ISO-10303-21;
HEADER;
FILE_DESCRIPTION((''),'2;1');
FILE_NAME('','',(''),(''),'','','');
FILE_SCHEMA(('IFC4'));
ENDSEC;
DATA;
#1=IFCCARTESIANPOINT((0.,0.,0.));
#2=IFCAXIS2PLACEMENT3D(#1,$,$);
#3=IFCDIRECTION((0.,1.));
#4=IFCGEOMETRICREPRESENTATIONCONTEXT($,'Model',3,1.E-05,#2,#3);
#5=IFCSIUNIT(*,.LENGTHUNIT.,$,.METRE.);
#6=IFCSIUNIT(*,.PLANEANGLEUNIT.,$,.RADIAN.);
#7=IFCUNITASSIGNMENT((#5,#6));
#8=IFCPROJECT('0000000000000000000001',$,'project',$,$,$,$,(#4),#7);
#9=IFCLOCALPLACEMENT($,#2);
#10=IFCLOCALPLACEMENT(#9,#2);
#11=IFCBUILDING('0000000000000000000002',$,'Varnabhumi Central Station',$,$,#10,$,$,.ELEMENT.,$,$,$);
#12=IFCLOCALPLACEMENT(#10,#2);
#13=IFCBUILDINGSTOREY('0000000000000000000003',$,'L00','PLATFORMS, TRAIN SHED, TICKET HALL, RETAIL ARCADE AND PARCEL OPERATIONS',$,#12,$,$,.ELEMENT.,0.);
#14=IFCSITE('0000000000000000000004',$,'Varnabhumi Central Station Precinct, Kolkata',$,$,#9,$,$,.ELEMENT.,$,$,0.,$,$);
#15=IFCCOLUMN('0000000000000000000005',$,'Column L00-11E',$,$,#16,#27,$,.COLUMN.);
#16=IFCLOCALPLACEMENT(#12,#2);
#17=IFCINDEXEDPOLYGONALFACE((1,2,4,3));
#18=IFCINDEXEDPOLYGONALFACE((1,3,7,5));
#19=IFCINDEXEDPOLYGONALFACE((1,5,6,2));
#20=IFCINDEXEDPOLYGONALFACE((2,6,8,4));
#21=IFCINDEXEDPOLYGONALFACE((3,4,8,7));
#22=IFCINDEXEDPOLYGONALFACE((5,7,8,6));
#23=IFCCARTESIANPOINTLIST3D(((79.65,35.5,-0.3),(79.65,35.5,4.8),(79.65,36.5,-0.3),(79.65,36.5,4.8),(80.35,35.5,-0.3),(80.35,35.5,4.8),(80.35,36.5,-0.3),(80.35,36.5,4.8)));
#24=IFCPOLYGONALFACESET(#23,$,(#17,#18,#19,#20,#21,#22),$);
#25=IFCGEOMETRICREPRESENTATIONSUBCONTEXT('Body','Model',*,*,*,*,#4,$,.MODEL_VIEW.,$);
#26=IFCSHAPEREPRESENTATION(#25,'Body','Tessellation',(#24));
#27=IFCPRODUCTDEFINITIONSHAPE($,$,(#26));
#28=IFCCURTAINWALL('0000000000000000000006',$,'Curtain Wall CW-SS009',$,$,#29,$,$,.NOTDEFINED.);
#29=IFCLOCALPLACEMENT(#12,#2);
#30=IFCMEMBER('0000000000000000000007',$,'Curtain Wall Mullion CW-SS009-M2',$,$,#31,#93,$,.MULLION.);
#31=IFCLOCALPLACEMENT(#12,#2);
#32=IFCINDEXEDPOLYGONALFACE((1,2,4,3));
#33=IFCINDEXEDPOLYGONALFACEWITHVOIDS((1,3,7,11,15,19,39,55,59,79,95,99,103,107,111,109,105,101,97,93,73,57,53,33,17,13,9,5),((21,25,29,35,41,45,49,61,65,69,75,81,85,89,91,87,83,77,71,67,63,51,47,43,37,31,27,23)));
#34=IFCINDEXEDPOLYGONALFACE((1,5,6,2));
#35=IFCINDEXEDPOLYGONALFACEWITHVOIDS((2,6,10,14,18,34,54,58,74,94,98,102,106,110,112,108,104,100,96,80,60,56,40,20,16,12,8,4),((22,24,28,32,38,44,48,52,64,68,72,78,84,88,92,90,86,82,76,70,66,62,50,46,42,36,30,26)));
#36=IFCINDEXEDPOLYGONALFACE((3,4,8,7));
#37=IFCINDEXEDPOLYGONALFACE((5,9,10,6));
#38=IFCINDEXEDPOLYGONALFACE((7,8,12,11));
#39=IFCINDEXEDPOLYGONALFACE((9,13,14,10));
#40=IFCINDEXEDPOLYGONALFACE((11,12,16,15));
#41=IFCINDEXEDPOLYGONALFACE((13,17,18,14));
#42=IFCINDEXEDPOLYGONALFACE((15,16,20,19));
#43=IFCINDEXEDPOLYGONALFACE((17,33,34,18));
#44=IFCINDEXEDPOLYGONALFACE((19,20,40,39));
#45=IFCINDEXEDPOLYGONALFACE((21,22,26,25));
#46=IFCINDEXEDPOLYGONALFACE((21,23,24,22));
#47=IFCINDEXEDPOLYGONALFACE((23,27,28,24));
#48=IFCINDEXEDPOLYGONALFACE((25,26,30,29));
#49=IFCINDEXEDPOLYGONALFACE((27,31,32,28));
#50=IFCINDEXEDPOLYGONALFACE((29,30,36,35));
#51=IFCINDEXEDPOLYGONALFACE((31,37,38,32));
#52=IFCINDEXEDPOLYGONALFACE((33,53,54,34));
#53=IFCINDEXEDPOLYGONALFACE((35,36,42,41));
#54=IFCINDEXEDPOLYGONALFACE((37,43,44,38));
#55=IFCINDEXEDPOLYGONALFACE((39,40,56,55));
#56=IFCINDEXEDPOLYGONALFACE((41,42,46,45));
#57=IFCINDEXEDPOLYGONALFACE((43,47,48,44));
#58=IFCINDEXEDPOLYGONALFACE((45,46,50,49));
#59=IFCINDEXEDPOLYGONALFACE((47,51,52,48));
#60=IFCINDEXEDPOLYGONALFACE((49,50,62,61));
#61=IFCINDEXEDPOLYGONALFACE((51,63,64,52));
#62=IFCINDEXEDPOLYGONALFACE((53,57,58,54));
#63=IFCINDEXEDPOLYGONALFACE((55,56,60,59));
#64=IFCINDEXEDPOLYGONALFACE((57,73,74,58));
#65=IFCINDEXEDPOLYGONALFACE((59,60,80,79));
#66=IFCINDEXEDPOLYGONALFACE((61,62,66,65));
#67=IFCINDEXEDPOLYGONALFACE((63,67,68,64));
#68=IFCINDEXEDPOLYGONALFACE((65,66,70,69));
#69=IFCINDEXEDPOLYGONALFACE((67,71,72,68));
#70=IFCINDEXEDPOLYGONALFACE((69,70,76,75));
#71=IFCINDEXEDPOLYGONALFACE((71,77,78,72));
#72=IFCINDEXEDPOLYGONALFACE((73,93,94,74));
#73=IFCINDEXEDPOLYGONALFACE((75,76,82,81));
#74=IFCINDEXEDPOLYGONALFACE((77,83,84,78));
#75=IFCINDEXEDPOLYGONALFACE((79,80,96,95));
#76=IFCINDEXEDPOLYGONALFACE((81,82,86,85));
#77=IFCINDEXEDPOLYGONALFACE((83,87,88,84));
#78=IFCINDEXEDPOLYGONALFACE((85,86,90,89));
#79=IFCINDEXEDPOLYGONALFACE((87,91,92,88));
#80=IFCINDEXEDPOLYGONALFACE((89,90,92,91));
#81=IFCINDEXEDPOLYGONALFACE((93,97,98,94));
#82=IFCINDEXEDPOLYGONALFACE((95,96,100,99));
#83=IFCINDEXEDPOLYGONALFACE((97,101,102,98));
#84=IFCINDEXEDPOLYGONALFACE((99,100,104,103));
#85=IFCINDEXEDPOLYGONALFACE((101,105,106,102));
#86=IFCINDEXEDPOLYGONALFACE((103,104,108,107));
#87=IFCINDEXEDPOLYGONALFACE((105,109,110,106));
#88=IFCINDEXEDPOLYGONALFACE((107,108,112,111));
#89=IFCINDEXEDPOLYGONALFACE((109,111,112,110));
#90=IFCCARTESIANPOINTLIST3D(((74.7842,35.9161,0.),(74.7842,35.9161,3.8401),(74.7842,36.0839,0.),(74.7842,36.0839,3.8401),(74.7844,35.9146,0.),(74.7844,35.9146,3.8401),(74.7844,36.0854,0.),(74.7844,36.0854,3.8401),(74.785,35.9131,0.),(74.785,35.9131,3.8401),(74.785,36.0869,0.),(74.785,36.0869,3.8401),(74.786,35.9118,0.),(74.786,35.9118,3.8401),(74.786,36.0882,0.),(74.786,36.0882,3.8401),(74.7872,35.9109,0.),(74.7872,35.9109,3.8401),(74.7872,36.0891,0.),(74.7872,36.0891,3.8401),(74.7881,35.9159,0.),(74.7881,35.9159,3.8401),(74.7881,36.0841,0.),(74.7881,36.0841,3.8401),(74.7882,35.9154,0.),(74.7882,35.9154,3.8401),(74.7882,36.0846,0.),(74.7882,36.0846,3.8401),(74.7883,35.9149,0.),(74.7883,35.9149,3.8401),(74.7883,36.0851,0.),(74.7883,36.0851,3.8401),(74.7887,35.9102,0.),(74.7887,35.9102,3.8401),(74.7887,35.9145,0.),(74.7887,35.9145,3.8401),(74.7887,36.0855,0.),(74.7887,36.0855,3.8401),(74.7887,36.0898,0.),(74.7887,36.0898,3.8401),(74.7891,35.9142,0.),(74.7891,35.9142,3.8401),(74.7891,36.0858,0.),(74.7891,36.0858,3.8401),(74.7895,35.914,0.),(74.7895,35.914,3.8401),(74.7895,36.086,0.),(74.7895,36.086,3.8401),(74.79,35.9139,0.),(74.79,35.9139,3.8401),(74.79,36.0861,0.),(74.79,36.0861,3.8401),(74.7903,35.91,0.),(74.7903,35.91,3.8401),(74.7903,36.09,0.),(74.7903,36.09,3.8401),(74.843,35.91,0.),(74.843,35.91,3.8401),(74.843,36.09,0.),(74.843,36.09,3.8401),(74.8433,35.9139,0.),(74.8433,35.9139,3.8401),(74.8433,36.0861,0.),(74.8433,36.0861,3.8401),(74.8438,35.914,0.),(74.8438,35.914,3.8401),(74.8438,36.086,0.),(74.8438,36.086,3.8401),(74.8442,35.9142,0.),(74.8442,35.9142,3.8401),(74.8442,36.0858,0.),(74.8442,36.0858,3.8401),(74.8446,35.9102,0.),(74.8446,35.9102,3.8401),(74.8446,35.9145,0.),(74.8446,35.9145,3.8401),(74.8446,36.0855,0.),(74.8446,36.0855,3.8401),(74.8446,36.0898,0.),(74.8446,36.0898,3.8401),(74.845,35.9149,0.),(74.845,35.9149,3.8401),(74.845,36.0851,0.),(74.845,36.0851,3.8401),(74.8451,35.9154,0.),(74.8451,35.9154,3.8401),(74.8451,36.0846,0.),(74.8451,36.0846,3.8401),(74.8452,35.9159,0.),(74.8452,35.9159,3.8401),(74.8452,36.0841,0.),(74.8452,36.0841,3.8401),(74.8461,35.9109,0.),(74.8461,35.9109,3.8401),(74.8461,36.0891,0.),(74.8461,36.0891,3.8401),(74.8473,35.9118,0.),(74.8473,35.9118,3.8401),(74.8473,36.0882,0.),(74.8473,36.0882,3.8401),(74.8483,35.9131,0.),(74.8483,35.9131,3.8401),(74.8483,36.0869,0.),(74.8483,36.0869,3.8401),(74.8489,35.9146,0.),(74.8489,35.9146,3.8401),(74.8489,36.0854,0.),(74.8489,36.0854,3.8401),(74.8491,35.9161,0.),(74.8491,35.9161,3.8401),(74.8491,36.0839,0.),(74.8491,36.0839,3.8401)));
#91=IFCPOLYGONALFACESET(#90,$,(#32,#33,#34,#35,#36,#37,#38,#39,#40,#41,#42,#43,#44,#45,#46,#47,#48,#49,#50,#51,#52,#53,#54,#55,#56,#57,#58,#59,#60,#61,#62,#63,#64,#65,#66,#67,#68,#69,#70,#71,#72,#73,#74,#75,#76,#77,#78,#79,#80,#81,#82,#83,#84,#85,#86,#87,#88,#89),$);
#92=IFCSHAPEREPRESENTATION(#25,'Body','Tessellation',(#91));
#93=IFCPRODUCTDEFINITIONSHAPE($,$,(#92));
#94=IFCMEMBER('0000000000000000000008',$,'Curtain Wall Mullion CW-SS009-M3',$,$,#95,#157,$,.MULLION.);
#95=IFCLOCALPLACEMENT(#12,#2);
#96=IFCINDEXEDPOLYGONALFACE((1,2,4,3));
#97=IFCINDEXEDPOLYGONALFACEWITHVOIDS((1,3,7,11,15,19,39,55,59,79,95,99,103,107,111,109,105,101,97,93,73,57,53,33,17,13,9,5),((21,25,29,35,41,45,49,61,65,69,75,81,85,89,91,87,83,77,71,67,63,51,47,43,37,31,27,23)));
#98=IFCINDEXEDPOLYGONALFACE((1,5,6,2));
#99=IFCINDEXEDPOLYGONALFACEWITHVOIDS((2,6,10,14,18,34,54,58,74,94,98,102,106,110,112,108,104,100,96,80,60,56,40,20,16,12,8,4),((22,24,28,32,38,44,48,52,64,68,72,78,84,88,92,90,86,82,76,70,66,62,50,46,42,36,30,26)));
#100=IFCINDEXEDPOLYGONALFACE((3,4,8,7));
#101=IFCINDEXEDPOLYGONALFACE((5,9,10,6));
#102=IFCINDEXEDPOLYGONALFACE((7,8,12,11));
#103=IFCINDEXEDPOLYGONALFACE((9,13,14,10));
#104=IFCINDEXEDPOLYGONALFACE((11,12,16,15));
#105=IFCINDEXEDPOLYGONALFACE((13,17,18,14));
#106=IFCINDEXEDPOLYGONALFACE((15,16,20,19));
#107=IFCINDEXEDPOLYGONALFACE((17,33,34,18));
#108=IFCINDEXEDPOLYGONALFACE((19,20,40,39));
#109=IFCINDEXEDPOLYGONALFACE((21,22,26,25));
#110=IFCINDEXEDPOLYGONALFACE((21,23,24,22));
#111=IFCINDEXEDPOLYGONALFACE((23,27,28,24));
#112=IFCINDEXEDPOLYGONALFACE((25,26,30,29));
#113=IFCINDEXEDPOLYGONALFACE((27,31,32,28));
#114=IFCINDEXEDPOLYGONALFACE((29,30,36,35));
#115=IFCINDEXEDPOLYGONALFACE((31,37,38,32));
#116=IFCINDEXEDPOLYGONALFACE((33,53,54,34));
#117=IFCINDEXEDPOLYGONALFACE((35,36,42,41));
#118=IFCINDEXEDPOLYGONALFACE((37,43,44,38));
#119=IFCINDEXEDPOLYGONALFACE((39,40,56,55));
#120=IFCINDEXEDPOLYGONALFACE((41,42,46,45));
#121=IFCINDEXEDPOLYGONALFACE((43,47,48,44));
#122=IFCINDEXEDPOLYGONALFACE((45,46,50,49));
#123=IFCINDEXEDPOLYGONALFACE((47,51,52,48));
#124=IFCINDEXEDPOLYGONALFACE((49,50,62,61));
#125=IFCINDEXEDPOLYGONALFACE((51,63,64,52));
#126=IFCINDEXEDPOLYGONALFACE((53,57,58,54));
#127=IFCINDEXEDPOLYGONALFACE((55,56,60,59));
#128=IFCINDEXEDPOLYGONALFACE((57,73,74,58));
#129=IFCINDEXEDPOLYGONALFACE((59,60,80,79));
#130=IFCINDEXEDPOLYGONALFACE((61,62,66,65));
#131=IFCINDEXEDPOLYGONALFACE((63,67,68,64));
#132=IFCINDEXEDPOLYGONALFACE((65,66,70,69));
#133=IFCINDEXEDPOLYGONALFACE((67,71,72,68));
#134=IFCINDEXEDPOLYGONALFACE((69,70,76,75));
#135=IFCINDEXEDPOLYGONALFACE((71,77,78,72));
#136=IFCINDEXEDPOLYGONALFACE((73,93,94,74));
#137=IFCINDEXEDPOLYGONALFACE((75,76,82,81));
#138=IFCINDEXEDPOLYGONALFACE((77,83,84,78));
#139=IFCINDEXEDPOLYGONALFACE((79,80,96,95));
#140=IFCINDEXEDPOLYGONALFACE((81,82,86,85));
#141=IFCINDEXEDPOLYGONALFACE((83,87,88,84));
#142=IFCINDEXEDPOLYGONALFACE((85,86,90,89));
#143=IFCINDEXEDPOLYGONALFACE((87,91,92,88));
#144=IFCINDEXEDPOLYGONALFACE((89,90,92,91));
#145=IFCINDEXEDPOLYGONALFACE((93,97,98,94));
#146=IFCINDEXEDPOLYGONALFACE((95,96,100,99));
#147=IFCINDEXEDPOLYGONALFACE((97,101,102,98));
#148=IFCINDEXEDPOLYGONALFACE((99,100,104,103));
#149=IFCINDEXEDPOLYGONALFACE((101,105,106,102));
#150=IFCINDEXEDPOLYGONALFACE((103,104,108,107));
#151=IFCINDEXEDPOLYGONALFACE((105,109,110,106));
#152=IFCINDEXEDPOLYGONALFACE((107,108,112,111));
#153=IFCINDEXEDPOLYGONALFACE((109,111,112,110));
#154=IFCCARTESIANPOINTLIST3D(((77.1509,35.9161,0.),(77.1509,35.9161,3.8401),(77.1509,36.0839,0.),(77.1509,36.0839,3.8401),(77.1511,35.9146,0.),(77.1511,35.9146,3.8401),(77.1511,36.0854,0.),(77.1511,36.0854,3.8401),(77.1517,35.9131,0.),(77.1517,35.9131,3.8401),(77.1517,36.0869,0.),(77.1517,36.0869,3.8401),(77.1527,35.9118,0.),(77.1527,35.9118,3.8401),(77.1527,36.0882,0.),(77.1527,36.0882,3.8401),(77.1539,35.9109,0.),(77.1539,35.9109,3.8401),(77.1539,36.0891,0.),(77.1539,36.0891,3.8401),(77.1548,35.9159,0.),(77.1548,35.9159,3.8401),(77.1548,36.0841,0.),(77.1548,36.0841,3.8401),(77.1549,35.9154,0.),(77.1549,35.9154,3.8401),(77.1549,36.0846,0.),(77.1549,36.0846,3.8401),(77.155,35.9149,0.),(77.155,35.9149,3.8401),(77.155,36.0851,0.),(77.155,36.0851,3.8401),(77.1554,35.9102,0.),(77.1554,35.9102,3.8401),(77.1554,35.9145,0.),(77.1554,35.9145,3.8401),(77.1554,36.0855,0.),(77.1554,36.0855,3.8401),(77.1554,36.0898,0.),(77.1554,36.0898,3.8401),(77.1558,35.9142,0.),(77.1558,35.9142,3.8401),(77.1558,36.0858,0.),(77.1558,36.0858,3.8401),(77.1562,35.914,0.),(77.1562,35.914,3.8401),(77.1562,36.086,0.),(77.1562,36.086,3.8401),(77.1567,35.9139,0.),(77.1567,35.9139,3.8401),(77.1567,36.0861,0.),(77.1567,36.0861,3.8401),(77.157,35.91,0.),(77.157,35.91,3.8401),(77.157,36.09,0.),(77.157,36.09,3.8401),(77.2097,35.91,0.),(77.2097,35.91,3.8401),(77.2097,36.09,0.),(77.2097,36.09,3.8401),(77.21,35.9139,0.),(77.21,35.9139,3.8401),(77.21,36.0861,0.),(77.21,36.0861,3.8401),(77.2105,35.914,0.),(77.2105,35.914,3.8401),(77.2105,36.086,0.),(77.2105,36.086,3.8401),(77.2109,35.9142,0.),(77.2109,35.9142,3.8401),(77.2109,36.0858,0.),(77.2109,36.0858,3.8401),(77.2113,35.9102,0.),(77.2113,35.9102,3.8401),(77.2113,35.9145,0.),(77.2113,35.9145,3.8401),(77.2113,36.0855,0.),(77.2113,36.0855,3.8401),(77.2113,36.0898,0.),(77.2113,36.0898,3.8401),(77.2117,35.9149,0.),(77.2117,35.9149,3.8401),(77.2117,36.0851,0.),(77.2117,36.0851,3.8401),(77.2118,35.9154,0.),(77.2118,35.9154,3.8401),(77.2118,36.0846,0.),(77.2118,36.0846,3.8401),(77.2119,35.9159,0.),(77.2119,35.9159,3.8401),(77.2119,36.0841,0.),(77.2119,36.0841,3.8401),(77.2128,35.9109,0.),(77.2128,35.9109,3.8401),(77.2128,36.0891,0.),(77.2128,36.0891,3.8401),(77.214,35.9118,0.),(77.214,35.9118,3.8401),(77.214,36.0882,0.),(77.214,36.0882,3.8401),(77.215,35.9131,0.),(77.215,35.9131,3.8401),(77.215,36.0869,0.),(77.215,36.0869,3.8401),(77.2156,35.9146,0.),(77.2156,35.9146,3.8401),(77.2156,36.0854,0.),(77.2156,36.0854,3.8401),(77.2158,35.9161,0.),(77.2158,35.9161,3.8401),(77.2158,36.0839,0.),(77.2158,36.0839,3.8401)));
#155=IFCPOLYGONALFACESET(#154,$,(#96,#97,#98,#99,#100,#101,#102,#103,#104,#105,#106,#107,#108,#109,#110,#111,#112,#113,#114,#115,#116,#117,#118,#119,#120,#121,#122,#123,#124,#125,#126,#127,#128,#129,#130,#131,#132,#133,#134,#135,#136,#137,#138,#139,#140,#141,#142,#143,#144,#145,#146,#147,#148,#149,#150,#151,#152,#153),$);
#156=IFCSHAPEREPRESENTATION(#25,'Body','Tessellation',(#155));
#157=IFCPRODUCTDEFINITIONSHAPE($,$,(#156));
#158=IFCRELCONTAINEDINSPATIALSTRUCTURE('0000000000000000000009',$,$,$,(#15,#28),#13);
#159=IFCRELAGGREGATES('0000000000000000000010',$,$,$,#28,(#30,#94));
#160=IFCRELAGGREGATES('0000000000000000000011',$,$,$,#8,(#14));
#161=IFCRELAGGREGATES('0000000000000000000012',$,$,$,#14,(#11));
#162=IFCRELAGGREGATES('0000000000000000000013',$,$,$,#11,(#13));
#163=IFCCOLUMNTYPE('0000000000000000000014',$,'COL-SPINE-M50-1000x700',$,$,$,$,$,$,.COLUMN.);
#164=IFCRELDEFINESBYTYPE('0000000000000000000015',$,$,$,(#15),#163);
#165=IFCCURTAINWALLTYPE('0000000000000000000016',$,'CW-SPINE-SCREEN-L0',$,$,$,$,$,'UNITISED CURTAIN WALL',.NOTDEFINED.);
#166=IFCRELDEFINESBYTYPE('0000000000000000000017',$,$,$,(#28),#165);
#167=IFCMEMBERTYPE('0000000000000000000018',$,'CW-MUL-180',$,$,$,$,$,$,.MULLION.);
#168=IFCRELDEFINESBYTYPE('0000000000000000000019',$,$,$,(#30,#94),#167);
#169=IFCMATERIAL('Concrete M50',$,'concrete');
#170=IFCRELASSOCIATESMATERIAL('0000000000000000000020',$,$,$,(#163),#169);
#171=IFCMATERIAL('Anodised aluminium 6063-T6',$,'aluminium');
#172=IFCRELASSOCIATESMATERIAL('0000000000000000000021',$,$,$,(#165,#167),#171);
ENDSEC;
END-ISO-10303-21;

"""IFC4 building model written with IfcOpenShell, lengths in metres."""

from ifc_helpers import new_model, si_unit, direction, frame, origin, origin_2d, place, context, subcontext, project, spatial, rectangle, hollow_rectangle, extrude, material, material_profile, profile_set, type_object, element, aggregate, save


model = new_model("IFC4")

# Units and contexts
model_context = context("Model", 3, precision=1e-05, world=origin(), true_north=direction((0.0, 1.0)))
body_context = subcontext(model_context, "Body", "Model", "MODEL_VIEW")
ifc_project = project(units=[si_unit("LENGTHUNIT", "METRE"), si_unit("PLANEANGLEUNIT", "RADIAN")], contexts=[model_context])

# Site, building, storey
site_placement = place(None, origin())
site = spatial("IfcSite", under=ifc_project, at=site_placement, Name="Varnabhumi Central Station Precinct, Kolkata", CompositionType="ELEMENT", RefElevation=0.0)
building_placement = place(site_placement, origin())
building = spatial("IfcBuilding", under=site, at=building_placement, Name="Varnabhumi Central Station", CompositionType="ELEMENT")
storey_placement = place(building_placement, origin())
storey = spatial("IfcBuildingStorey", under=building, at=storey_placement, Name="L00", Description="PLATFORMS, TRAIN SHED, TICKET HALL, RETAIL ARCADE AND PARCEL OPERATIONS", CompositionType="ELEMENT", Elevation=0.0)

# Column
ifc_material_1 = material(Name="Concrete M50", Category="concrete")
ifc_material_profile_1 = material_profile(ifc_material_1, rectangle(XDim=0.7, YDim=1.0, at=origin_2d()), Name="Concrete M50", Category="concrete")
ifc_profile_set_1 = profile_set([ifc_material_profile_1], Name="Concrete M50")
column_type = type_object("IfcColumnType", Name="COL-SPINE-M50-1000x700", PredefinedType="COLUMN", material=ifc_profile_set_1)
column_placement = place(storey_placement, frame((80.0, 36.0, -0.3), z_axis=(0.0, 0.0, 1.0), x_axis=(1.0, 0.0, 0.0)))
element("IfcColumn", 1, at=column_placement, inside=storey, type_object=column_type, Name="Column L00-11E", PredefinedType="COLUMN", context=body_context, shape_type="SweptSolid", body=[
    extrude(rectangle(XDim=0.7, YDim=1.0, at=origin_2d()), origin(), (0.0, 0.0, 1.0), 5.1001),
])

# Curtain wall, members
ifc_material_2 = material(Name="Anodised aluminium 6063-T6", Category="aluminium")
curtain_wall_type = type_object("IfcCurtainWallType", Name="CW-SPINE-SCREEN-L0", ElementType="UNITISED CURTAIN WALL", PredefinedType="NOTDEFINED", material=ifc_material_2)
curtain_wall_placement = place(storey_placement, origin())
curtain_wall = element("IfcCurtainWall", 2, at=curtain_wall_placement, inside=storey, type_object=curtain_wall_type, Name="Curtain Wall CW-SS009", PredefinedType="NOTDEFINED")
ifc_material_profile_2 = material_profile(ifc_material_2, hollow_rectangle(XDim=0.0649, YDim=0.1799, WallThickness=0.0039, InnerFilletRadius=0.002, OuterFilletRadius=0.0061, at=origin_2d()), Name="Anodised aluminium 6063-T6", Category="aluminium")
ifc_profile_set_2 = profile_set([ifc_material_profile_2], Name="Anodised aluminium 6063-T6")
member_type_1 = type_object("IfcMemberType", Name="CW-MUL-180", PredefinedType="MULLION", material=ifc_profile_set_2)
member_1_placement = place(storey_placement, frame((74.8167, 36.0, 0.0), z_axis=(0.0, 0.0, 1.0), x_axis=(1.0, 0.0, 0.0)))
member_1 = element("IfcMember", 3, at=member_1_placement, type_object=member_type_1, Name="Curtain Wall Mullion CW-SS009-M2", PredefinedType="MULLION", context=body_context, shape_type="SweptSolid", body=[
    extrude(hollow_rectangle(XDim=0.0649, YDim=0.1799, WallThickness=0.0039, InnerFilletRadius=0.002, OuterFilletRadius=0.0061, at=origin_2d()), origin(), (0.0, 0.0, 1.0), 3.8401),
])
member_2_placement = place(storey_placement, frame((77.1833, 36.0, 0.0), z_axis=(0.0, 0.0, 1.0), x_axis=(1.0, 0.0, 0.0)))
member_2 = element("IfcMember", 4, at=member_2_placement, type_object=member_type_1, Name="Curtain Wall Mullion CW-SS009-M3", PredefinedType="MULLION", context=body_context, shape_type="SweptSolid", body=[
    extrude(hollow_rectangle(XDim=0.0649, YDim=0.1799, WallThickness=0.0039, InnerFilletRadius=0.002, OuterFilletRadius=0.0061, at=origin_2d()), origin(), (0.0, 0.0, 1.0), 3.8401),
])
aggregate(curtain_wall, [member_1, member_2])

save(model, "model.ifc")
